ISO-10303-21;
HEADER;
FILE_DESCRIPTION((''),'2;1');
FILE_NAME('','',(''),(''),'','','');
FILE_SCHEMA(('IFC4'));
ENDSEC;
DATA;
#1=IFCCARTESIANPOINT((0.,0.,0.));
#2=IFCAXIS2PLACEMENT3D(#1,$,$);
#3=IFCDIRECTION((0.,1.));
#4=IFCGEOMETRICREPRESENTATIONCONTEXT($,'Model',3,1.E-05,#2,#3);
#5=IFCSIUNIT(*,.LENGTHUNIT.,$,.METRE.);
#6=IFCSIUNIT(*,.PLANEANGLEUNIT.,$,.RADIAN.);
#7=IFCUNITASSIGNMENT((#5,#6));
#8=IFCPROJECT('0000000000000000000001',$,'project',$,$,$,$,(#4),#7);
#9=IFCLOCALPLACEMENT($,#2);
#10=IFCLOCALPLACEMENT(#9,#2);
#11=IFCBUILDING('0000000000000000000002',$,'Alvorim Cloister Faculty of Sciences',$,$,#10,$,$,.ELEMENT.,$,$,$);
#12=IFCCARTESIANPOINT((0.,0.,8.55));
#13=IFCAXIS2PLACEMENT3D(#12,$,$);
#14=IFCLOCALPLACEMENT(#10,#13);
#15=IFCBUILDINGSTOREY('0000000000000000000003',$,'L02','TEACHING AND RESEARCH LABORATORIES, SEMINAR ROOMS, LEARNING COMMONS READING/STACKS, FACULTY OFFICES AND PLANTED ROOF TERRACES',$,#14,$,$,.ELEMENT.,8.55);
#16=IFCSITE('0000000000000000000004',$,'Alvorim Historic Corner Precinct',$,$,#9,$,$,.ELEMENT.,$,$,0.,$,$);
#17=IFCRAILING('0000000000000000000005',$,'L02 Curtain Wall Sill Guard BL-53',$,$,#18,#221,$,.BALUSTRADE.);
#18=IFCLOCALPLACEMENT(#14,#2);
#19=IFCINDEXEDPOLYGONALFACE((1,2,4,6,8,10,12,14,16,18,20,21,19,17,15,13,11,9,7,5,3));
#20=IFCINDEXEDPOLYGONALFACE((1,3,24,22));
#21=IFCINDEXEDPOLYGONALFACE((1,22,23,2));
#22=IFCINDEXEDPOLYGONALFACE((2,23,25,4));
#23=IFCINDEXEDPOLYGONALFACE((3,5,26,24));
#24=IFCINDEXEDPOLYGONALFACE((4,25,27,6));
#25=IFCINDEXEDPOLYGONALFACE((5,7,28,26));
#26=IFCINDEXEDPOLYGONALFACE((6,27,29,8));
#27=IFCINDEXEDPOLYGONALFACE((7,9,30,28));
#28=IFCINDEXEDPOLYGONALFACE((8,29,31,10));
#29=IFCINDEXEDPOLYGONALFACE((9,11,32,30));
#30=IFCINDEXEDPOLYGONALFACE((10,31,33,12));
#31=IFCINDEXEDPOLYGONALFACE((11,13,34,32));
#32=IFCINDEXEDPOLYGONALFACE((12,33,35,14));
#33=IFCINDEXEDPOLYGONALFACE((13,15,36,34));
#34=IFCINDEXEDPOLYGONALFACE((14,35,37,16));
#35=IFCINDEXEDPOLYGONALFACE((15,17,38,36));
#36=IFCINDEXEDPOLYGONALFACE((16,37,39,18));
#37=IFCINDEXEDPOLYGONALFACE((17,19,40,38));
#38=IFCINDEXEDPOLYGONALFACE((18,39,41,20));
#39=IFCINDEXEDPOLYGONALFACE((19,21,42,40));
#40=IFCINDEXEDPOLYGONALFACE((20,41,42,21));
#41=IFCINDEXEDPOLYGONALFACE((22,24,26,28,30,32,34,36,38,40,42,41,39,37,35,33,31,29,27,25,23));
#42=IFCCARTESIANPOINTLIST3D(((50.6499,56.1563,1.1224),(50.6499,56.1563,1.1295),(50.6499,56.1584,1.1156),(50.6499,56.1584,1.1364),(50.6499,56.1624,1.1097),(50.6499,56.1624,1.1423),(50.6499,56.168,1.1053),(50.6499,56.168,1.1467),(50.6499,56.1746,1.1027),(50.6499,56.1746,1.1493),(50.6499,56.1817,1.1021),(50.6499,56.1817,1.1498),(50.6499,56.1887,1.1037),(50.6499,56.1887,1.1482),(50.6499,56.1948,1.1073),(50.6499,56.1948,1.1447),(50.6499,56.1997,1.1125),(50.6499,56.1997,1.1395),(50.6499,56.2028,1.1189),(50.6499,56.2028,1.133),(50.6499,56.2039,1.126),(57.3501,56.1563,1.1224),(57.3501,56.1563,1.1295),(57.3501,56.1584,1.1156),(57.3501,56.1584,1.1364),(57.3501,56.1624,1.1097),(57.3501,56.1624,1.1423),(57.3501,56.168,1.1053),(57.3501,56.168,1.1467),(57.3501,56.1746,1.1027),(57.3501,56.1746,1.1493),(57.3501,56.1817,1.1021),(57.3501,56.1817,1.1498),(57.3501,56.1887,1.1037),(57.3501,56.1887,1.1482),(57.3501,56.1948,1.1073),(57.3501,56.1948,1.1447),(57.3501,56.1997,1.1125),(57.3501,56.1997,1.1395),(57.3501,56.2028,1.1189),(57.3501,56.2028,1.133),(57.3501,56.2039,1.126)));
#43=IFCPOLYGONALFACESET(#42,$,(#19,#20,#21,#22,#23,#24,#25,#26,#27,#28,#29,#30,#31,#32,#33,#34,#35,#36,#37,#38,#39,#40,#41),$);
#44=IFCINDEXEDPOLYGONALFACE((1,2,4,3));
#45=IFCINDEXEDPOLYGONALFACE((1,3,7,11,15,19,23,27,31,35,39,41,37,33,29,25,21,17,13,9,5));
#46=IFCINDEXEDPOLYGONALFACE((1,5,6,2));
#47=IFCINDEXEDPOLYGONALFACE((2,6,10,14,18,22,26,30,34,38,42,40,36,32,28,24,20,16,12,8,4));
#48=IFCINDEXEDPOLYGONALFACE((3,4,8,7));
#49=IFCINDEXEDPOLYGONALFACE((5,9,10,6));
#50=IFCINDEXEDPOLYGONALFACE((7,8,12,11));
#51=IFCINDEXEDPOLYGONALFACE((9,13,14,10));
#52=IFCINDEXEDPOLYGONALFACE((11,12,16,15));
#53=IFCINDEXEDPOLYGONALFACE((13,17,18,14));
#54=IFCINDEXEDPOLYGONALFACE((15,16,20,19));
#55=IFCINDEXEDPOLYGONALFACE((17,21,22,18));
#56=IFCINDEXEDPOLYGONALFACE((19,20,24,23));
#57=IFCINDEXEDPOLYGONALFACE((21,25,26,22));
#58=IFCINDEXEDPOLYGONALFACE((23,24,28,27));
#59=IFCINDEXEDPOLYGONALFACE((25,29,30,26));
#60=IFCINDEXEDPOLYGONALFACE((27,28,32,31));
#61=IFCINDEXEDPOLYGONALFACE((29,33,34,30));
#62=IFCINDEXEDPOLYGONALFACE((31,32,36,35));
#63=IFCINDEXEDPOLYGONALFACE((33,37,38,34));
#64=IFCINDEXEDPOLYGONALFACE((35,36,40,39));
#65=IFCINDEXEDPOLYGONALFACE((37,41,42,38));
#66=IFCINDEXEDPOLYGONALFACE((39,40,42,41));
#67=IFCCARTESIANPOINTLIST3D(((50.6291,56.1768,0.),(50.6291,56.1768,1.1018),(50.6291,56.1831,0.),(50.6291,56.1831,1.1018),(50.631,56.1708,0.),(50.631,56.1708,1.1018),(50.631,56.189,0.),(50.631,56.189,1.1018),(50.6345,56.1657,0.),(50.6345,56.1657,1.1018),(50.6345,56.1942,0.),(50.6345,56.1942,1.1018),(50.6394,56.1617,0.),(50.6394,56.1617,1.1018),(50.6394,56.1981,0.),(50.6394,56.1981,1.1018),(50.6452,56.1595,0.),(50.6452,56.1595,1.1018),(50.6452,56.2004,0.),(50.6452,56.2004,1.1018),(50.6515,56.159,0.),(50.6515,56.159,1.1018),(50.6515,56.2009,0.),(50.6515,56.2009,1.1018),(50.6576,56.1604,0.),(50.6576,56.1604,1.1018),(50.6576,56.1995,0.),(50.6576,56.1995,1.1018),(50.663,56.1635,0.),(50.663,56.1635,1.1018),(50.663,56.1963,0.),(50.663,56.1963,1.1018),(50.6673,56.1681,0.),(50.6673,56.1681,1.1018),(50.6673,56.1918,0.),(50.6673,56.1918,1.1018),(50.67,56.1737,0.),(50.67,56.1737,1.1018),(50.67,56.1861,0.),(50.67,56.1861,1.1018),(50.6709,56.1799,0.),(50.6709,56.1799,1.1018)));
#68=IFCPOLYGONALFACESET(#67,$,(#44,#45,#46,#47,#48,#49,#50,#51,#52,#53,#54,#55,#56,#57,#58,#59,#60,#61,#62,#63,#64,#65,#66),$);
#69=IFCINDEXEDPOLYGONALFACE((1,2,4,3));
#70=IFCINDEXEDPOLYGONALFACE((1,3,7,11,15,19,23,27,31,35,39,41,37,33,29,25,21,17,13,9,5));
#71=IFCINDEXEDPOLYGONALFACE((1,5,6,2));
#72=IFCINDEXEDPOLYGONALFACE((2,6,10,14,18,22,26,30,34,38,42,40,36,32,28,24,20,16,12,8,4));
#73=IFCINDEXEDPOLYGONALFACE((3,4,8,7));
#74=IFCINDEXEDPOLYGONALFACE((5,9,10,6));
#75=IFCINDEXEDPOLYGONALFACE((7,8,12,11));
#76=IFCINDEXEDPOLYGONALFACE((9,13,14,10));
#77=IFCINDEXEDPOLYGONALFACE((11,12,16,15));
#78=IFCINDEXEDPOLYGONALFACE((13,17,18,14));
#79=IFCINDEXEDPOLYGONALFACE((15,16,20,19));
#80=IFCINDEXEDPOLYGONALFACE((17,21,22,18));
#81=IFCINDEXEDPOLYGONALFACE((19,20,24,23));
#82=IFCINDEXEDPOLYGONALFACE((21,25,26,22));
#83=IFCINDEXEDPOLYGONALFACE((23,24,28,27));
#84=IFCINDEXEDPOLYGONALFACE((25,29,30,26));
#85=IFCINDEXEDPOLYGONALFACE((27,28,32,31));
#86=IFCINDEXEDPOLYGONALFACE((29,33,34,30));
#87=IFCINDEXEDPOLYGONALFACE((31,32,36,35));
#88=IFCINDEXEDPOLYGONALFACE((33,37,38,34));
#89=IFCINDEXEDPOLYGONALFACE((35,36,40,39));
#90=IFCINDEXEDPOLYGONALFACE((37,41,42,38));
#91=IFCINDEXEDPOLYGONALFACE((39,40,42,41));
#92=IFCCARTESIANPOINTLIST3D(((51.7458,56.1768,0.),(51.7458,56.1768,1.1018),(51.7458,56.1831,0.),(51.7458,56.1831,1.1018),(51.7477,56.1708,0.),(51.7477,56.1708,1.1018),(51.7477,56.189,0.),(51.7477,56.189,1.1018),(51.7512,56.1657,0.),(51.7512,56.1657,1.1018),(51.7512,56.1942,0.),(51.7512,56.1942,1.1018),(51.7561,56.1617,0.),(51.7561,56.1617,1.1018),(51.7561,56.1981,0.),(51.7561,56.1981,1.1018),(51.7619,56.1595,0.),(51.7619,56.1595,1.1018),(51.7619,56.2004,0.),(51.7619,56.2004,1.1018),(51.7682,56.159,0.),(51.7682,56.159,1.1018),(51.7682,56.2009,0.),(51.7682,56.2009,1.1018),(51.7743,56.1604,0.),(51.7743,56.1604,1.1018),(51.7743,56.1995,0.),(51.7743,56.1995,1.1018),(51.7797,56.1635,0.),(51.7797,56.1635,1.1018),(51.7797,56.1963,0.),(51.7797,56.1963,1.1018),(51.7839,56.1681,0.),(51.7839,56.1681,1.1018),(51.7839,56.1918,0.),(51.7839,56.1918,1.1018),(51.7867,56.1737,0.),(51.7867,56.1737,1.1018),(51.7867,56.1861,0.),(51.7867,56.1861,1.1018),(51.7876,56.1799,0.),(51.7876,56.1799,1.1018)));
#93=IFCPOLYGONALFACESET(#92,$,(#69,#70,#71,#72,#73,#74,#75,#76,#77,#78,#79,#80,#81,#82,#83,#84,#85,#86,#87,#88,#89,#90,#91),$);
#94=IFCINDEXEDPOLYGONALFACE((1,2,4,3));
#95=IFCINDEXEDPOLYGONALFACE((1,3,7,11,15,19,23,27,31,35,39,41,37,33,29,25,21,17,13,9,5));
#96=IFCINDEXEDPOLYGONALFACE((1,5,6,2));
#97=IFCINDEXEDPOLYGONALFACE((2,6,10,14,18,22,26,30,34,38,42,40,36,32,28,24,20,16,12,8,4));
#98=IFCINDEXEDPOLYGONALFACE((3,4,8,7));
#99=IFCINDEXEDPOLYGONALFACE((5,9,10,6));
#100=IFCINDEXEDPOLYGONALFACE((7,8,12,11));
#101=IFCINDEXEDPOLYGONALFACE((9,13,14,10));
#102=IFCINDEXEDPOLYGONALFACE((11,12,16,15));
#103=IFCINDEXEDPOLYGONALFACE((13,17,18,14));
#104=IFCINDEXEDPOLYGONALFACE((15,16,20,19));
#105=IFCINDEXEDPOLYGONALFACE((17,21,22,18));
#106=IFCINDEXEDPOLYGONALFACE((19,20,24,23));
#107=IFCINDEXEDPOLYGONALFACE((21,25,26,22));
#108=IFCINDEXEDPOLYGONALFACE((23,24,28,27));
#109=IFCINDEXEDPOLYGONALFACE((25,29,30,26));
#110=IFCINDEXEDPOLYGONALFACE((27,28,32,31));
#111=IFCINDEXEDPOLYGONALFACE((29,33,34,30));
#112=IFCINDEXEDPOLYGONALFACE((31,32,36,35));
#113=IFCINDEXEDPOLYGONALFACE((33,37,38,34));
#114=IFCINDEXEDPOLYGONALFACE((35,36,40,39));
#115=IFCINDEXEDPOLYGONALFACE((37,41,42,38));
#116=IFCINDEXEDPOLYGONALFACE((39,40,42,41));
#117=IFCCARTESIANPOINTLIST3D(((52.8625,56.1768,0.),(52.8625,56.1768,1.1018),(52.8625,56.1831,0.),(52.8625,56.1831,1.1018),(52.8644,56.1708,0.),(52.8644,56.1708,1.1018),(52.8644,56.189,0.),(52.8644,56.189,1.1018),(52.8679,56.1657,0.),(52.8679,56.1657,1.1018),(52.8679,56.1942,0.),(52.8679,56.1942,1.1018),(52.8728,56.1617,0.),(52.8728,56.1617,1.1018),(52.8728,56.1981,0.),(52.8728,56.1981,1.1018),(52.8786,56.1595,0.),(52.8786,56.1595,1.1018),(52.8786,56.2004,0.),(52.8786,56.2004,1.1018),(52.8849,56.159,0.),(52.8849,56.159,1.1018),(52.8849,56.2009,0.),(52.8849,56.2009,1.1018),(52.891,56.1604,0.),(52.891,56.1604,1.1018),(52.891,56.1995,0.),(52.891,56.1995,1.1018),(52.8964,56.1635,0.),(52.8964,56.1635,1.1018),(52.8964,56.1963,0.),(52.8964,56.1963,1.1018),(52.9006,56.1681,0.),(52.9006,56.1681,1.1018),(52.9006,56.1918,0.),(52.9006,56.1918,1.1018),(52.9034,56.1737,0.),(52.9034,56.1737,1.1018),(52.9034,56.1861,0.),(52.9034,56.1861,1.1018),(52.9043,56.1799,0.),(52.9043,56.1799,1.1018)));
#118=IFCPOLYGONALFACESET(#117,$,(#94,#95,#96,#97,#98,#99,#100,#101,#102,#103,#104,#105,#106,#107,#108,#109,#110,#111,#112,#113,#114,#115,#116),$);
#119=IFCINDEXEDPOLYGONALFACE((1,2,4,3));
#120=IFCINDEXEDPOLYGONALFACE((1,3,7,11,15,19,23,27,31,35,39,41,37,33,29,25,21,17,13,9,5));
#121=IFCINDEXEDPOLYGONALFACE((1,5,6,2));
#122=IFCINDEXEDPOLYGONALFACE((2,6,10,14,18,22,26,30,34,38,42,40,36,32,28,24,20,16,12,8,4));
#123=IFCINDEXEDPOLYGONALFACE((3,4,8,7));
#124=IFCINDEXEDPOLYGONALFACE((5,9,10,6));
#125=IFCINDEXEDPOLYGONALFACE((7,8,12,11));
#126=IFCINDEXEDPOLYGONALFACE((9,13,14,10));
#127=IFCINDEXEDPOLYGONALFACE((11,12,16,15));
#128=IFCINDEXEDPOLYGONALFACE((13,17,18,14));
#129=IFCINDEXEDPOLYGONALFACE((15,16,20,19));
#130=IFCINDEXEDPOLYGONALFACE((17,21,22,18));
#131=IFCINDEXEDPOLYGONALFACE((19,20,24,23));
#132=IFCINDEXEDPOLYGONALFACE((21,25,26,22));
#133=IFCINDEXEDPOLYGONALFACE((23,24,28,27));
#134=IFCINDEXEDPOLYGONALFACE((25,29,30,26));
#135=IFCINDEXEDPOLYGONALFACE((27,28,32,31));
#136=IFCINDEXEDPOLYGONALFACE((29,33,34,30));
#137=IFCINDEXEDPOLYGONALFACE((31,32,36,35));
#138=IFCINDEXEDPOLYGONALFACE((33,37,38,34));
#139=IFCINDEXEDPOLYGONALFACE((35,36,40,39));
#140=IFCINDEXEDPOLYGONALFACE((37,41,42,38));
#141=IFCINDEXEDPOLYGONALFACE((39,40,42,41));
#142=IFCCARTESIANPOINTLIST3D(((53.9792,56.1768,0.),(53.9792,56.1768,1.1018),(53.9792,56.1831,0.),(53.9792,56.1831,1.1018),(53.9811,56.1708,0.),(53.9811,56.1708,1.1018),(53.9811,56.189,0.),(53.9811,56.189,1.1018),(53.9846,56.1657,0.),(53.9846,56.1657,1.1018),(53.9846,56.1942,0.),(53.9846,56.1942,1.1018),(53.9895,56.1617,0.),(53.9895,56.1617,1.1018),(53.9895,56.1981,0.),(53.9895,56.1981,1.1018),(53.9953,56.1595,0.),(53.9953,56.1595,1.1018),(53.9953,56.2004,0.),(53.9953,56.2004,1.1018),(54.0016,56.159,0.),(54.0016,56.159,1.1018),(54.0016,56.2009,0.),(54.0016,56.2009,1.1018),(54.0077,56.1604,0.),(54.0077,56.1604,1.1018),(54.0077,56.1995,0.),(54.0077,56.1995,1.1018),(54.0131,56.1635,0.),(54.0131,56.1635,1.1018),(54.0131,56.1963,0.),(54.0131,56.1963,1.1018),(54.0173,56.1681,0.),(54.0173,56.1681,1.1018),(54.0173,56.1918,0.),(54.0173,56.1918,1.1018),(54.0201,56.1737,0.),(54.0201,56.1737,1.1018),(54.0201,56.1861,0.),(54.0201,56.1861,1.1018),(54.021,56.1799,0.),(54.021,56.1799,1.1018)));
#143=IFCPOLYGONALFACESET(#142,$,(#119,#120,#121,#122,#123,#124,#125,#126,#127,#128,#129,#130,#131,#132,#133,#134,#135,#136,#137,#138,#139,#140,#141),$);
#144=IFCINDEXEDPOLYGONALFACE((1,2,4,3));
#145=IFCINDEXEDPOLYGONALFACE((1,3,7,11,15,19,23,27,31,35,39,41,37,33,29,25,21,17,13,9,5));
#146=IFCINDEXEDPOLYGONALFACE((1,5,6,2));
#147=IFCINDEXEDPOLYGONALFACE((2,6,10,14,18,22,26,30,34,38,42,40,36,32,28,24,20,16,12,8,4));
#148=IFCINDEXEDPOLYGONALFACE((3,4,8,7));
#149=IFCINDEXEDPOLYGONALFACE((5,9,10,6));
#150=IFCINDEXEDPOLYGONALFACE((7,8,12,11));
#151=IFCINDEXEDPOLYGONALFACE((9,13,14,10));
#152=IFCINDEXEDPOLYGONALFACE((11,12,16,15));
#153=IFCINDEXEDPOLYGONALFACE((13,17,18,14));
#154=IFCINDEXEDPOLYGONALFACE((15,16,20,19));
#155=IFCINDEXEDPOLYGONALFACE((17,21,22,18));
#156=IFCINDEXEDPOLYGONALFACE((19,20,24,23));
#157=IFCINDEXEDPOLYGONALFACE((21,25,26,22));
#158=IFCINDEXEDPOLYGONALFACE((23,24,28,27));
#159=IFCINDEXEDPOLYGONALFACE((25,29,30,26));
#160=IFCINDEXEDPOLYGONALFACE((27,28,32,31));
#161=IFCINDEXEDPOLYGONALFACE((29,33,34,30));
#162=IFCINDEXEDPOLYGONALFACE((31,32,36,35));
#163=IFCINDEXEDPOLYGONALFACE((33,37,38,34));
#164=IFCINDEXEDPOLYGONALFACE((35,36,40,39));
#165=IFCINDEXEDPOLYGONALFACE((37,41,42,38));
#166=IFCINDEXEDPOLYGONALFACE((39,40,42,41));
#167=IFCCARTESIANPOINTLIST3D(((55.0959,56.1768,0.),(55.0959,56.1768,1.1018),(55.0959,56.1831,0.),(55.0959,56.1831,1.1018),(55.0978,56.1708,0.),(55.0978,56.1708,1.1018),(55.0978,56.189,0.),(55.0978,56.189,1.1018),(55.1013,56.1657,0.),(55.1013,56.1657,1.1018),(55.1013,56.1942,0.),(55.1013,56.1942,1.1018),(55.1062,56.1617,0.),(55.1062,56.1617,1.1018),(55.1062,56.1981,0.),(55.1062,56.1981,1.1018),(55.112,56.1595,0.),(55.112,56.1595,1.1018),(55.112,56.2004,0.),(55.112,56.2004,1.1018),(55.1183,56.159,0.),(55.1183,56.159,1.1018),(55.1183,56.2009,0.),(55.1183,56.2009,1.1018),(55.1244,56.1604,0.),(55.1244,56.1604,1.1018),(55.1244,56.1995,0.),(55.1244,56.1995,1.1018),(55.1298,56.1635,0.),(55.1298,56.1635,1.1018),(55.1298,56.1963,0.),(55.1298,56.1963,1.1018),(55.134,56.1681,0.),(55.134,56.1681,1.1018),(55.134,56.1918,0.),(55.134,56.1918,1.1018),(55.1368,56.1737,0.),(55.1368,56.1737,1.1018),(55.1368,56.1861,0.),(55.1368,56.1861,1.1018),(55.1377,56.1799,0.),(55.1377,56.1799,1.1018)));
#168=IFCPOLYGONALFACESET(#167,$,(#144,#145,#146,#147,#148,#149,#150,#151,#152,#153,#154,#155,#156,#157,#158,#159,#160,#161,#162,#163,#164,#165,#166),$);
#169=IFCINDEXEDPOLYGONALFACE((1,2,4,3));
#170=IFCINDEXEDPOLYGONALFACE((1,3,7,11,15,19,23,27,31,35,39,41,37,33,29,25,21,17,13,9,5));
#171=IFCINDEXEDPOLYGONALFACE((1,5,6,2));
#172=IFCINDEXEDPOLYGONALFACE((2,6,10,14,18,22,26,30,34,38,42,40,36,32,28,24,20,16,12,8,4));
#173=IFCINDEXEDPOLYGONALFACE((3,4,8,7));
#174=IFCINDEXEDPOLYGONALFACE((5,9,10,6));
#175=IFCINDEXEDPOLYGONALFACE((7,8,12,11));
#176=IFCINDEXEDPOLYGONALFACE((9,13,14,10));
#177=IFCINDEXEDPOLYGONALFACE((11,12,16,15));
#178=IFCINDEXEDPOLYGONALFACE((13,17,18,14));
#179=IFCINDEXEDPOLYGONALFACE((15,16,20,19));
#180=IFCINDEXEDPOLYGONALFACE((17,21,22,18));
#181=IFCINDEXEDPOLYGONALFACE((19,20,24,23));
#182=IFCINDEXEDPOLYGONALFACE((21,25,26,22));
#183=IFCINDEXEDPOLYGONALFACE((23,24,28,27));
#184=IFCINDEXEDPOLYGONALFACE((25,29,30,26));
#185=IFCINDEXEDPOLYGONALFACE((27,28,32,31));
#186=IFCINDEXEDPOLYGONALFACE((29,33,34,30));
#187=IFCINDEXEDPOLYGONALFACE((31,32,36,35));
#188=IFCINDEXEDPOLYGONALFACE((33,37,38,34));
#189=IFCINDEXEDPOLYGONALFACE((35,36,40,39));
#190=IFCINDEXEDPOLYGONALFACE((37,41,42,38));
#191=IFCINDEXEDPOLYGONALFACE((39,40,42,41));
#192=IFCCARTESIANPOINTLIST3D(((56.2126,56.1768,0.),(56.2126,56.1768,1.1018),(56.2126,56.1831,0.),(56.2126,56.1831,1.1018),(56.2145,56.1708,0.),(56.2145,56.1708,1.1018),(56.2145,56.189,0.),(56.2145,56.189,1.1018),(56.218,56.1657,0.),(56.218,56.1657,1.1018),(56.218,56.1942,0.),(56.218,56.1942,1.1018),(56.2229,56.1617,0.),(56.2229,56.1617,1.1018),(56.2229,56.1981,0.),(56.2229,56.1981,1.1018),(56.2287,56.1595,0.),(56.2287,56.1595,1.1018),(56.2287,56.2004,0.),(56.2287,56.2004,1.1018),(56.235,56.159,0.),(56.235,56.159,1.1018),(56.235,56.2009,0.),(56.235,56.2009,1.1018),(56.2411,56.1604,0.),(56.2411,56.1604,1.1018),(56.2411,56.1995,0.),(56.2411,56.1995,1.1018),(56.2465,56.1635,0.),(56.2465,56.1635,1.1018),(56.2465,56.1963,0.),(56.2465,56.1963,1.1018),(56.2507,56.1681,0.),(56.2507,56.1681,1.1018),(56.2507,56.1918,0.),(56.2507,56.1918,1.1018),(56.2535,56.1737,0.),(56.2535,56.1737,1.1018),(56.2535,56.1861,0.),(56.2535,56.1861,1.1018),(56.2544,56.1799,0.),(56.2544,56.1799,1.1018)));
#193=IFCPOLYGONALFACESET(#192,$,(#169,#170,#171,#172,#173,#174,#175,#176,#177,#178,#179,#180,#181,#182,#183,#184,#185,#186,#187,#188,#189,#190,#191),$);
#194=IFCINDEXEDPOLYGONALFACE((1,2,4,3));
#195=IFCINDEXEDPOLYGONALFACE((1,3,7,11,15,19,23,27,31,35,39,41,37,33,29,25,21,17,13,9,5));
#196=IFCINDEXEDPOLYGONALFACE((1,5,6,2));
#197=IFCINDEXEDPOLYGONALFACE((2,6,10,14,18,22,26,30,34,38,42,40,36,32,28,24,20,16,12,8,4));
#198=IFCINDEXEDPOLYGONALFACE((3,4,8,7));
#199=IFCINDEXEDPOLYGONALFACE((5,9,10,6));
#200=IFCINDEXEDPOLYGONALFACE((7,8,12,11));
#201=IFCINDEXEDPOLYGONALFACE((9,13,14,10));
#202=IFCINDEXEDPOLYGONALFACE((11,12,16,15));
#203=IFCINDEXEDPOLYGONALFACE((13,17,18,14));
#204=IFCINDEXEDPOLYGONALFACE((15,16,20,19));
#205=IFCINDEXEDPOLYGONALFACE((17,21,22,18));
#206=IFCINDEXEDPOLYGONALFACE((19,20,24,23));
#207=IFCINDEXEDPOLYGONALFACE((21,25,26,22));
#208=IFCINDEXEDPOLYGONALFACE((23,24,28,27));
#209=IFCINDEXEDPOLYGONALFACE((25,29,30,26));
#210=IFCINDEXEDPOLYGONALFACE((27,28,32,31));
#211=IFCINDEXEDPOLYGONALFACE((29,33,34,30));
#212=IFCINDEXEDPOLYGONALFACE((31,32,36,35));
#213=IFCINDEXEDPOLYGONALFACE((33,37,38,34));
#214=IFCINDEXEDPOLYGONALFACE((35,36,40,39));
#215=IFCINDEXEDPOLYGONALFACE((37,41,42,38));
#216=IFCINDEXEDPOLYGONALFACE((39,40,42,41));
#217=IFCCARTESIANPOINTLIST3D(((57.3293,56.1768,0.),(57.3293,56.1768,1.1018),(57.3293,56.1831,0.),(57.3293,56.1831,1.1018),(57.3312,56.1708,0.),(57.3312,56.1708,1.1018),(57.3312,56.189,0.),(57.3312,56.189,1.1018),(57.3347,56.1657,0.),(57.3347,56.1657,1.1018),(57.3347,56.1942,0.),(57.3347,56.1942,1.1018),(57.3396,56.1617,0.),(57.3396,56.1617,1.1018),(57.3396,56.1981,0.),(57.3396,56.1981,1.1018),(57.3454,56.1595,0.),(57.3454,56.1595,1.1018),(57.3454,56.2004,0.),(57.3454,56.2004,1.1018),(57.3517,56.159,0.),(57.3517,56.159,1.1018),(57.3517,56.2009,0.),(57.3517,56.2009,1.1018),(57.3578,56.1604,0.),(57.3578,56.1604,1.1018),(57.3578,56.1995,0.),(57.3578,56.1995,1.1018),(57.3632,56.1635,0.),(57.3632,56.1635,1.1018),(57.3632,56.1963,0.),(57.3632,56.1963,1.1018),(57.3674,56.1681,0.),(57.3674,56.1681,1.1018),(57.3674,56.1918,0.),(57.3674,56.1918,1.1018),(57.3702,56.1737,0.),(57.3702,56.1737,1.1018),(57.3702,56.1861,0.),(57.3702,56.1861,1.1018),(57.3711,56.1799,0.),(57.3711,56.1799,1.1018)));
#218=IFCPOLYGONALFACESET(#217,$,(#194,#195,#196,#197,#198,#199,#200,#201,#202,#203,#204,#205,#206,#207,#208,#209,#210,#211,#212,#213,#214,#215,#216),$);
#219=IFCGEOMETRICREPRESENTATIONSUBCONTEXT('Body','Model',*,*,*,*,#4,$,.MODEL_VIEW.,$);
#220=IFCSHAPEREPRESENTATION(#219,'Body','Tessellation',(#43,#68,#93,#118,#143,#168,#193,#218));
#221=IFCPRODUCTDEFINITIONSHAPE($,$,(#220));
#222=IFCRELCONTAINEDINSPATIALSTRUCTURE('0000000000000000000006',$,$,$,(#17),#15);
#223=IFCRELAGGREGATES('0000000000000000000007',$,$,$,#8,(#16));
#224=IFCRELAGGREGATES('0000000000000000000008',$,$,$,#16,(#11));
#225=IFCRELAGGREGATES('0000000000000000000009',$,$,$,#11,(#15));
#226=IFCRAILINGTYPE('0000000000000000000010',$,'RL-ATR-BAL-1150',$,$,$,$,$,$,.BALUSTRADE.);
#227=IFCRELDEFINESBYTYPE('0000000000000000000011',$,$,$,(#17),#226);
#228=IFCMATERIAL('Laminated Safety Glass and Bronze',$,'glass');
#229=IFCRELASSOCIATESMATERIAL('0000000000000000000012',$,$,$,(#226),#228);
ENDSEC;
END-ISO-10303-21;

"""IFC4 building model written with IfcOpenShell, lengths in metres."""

from ifc_helpers import new_model, si_unit, direction, frame, origin, origin_2d, place, context, subcontext, project, spatial, circle, extrude, material, type_object, element, save


model = new_model("IFC4")

# Units and contexts
model_context = context("Model", 3, precision=1e-05, world=origin(), true_north=direction((0.0, 1.0)))
body_context = subcontext(model_context, "Body", "Model", "MODEL_VIEW")
ifc_project = project(units=[si_unit("LENGTHUNIT", "METRE"), si_unit("PLANEANGLEUNIT", "RADIAN")], contexts=[model_context])

# Site, building, storey
site_placement = place(None, origin())
site = spatial("IfcSite", under=ifc_project, at=site_placement, Name="Alvorim Historic Corner Precinct", CompositionType="ELEMENT", RefElevation=0.0)
building_placement = place(site_placement, origin())
building = spatial("IfcBuilding", under=site, at=building_placement, Name="Alvorim Cloister Faculty of Sciences", CompositionType="ELEMENT")
storey_placement = place(building_placement, frame((0.0, 0.0, 8.55)))
storey = spatial("IfcBuildingStorey", under=building, at=storey_placement, Name="L02", Description="TEACHING AND RESEARCH LABORATORIES, SEMINAR ROOMS, LEARNING COMMONS READING/STACKS, FACULTY OFFICES AND PLANTED ROOF TERRACES", CompositionType="ELEMENT", Elevation=8.55)

# Railing
ifc_material_1 = material(Name="Laminated Safety Glass and Bronze", Category="glass")
railing_type_1 = type_object("IfcRailingType", Name="RL-ATR-BAL-1150", PredefinedType="BALUSTRADE", material=ifc_material_1)
railing_1_placement = place(storey_placement, frame((50.6499, 56.1799, 0.0)))
element("IfcRailing", 1, at=railing_1_placement, inside=storey, type_object=railing_type_1, Name="L02 Curtain Wall Sill Guard BL-53", PredefinedType="BALUSTRADE", context=body_context, shape_type="SweptSolid", body=[
    extrude(circle(Radius=0.0239, at=origin_2d()), frame((0.0, 0.0, 1.126), z_axis=(1.0, 0.0, 0.0), x_axis=(0.0, 1.0, 0.0)), (0.0, 0.0, 1.0), 6.7002),
    extrude(circle(Radius=0.021, at=origin_2d()), origin(), (0.0, 0.0, 1.0), 1.1018),
    extrude(circle(Radius=0.021, at=origin_2d()), frame((1.1167, 0.0, 0.0)), (0.0, 0.0, 1.0), 1.1018),
    extrude(circle(Radius=0.021, at=origin_2d()), frame((2.2334, 0.0, 0.0)), (0.0, 0.0, 1.0), 1.1018),
    extrude(circle(Radius=0.021, at=origin_2d()), frame((3.3501, 0.0, 0.0)), (0.0, 0.0, 1.0), 1.1018),
    extrude(circle(Radius=0.021, at=origin_2d()), frame((4.4668, 0.0, 0.0)), (0.0, 0.0, 1.0), 1.1018),
    extrude(circle(Radius=0.021, at=origin_2d()), frame((5.5835, 0.0, 0.0)), (0.0, 0.0, 1.0), 1.1018),
    extrude(circle(Radius=0.021, at=origin_2d()), frame((6.7002, 0.0, 0.0)), (0.0, 0.0, 1.0), 1.1018),
])

save(model, "model.ifc")
